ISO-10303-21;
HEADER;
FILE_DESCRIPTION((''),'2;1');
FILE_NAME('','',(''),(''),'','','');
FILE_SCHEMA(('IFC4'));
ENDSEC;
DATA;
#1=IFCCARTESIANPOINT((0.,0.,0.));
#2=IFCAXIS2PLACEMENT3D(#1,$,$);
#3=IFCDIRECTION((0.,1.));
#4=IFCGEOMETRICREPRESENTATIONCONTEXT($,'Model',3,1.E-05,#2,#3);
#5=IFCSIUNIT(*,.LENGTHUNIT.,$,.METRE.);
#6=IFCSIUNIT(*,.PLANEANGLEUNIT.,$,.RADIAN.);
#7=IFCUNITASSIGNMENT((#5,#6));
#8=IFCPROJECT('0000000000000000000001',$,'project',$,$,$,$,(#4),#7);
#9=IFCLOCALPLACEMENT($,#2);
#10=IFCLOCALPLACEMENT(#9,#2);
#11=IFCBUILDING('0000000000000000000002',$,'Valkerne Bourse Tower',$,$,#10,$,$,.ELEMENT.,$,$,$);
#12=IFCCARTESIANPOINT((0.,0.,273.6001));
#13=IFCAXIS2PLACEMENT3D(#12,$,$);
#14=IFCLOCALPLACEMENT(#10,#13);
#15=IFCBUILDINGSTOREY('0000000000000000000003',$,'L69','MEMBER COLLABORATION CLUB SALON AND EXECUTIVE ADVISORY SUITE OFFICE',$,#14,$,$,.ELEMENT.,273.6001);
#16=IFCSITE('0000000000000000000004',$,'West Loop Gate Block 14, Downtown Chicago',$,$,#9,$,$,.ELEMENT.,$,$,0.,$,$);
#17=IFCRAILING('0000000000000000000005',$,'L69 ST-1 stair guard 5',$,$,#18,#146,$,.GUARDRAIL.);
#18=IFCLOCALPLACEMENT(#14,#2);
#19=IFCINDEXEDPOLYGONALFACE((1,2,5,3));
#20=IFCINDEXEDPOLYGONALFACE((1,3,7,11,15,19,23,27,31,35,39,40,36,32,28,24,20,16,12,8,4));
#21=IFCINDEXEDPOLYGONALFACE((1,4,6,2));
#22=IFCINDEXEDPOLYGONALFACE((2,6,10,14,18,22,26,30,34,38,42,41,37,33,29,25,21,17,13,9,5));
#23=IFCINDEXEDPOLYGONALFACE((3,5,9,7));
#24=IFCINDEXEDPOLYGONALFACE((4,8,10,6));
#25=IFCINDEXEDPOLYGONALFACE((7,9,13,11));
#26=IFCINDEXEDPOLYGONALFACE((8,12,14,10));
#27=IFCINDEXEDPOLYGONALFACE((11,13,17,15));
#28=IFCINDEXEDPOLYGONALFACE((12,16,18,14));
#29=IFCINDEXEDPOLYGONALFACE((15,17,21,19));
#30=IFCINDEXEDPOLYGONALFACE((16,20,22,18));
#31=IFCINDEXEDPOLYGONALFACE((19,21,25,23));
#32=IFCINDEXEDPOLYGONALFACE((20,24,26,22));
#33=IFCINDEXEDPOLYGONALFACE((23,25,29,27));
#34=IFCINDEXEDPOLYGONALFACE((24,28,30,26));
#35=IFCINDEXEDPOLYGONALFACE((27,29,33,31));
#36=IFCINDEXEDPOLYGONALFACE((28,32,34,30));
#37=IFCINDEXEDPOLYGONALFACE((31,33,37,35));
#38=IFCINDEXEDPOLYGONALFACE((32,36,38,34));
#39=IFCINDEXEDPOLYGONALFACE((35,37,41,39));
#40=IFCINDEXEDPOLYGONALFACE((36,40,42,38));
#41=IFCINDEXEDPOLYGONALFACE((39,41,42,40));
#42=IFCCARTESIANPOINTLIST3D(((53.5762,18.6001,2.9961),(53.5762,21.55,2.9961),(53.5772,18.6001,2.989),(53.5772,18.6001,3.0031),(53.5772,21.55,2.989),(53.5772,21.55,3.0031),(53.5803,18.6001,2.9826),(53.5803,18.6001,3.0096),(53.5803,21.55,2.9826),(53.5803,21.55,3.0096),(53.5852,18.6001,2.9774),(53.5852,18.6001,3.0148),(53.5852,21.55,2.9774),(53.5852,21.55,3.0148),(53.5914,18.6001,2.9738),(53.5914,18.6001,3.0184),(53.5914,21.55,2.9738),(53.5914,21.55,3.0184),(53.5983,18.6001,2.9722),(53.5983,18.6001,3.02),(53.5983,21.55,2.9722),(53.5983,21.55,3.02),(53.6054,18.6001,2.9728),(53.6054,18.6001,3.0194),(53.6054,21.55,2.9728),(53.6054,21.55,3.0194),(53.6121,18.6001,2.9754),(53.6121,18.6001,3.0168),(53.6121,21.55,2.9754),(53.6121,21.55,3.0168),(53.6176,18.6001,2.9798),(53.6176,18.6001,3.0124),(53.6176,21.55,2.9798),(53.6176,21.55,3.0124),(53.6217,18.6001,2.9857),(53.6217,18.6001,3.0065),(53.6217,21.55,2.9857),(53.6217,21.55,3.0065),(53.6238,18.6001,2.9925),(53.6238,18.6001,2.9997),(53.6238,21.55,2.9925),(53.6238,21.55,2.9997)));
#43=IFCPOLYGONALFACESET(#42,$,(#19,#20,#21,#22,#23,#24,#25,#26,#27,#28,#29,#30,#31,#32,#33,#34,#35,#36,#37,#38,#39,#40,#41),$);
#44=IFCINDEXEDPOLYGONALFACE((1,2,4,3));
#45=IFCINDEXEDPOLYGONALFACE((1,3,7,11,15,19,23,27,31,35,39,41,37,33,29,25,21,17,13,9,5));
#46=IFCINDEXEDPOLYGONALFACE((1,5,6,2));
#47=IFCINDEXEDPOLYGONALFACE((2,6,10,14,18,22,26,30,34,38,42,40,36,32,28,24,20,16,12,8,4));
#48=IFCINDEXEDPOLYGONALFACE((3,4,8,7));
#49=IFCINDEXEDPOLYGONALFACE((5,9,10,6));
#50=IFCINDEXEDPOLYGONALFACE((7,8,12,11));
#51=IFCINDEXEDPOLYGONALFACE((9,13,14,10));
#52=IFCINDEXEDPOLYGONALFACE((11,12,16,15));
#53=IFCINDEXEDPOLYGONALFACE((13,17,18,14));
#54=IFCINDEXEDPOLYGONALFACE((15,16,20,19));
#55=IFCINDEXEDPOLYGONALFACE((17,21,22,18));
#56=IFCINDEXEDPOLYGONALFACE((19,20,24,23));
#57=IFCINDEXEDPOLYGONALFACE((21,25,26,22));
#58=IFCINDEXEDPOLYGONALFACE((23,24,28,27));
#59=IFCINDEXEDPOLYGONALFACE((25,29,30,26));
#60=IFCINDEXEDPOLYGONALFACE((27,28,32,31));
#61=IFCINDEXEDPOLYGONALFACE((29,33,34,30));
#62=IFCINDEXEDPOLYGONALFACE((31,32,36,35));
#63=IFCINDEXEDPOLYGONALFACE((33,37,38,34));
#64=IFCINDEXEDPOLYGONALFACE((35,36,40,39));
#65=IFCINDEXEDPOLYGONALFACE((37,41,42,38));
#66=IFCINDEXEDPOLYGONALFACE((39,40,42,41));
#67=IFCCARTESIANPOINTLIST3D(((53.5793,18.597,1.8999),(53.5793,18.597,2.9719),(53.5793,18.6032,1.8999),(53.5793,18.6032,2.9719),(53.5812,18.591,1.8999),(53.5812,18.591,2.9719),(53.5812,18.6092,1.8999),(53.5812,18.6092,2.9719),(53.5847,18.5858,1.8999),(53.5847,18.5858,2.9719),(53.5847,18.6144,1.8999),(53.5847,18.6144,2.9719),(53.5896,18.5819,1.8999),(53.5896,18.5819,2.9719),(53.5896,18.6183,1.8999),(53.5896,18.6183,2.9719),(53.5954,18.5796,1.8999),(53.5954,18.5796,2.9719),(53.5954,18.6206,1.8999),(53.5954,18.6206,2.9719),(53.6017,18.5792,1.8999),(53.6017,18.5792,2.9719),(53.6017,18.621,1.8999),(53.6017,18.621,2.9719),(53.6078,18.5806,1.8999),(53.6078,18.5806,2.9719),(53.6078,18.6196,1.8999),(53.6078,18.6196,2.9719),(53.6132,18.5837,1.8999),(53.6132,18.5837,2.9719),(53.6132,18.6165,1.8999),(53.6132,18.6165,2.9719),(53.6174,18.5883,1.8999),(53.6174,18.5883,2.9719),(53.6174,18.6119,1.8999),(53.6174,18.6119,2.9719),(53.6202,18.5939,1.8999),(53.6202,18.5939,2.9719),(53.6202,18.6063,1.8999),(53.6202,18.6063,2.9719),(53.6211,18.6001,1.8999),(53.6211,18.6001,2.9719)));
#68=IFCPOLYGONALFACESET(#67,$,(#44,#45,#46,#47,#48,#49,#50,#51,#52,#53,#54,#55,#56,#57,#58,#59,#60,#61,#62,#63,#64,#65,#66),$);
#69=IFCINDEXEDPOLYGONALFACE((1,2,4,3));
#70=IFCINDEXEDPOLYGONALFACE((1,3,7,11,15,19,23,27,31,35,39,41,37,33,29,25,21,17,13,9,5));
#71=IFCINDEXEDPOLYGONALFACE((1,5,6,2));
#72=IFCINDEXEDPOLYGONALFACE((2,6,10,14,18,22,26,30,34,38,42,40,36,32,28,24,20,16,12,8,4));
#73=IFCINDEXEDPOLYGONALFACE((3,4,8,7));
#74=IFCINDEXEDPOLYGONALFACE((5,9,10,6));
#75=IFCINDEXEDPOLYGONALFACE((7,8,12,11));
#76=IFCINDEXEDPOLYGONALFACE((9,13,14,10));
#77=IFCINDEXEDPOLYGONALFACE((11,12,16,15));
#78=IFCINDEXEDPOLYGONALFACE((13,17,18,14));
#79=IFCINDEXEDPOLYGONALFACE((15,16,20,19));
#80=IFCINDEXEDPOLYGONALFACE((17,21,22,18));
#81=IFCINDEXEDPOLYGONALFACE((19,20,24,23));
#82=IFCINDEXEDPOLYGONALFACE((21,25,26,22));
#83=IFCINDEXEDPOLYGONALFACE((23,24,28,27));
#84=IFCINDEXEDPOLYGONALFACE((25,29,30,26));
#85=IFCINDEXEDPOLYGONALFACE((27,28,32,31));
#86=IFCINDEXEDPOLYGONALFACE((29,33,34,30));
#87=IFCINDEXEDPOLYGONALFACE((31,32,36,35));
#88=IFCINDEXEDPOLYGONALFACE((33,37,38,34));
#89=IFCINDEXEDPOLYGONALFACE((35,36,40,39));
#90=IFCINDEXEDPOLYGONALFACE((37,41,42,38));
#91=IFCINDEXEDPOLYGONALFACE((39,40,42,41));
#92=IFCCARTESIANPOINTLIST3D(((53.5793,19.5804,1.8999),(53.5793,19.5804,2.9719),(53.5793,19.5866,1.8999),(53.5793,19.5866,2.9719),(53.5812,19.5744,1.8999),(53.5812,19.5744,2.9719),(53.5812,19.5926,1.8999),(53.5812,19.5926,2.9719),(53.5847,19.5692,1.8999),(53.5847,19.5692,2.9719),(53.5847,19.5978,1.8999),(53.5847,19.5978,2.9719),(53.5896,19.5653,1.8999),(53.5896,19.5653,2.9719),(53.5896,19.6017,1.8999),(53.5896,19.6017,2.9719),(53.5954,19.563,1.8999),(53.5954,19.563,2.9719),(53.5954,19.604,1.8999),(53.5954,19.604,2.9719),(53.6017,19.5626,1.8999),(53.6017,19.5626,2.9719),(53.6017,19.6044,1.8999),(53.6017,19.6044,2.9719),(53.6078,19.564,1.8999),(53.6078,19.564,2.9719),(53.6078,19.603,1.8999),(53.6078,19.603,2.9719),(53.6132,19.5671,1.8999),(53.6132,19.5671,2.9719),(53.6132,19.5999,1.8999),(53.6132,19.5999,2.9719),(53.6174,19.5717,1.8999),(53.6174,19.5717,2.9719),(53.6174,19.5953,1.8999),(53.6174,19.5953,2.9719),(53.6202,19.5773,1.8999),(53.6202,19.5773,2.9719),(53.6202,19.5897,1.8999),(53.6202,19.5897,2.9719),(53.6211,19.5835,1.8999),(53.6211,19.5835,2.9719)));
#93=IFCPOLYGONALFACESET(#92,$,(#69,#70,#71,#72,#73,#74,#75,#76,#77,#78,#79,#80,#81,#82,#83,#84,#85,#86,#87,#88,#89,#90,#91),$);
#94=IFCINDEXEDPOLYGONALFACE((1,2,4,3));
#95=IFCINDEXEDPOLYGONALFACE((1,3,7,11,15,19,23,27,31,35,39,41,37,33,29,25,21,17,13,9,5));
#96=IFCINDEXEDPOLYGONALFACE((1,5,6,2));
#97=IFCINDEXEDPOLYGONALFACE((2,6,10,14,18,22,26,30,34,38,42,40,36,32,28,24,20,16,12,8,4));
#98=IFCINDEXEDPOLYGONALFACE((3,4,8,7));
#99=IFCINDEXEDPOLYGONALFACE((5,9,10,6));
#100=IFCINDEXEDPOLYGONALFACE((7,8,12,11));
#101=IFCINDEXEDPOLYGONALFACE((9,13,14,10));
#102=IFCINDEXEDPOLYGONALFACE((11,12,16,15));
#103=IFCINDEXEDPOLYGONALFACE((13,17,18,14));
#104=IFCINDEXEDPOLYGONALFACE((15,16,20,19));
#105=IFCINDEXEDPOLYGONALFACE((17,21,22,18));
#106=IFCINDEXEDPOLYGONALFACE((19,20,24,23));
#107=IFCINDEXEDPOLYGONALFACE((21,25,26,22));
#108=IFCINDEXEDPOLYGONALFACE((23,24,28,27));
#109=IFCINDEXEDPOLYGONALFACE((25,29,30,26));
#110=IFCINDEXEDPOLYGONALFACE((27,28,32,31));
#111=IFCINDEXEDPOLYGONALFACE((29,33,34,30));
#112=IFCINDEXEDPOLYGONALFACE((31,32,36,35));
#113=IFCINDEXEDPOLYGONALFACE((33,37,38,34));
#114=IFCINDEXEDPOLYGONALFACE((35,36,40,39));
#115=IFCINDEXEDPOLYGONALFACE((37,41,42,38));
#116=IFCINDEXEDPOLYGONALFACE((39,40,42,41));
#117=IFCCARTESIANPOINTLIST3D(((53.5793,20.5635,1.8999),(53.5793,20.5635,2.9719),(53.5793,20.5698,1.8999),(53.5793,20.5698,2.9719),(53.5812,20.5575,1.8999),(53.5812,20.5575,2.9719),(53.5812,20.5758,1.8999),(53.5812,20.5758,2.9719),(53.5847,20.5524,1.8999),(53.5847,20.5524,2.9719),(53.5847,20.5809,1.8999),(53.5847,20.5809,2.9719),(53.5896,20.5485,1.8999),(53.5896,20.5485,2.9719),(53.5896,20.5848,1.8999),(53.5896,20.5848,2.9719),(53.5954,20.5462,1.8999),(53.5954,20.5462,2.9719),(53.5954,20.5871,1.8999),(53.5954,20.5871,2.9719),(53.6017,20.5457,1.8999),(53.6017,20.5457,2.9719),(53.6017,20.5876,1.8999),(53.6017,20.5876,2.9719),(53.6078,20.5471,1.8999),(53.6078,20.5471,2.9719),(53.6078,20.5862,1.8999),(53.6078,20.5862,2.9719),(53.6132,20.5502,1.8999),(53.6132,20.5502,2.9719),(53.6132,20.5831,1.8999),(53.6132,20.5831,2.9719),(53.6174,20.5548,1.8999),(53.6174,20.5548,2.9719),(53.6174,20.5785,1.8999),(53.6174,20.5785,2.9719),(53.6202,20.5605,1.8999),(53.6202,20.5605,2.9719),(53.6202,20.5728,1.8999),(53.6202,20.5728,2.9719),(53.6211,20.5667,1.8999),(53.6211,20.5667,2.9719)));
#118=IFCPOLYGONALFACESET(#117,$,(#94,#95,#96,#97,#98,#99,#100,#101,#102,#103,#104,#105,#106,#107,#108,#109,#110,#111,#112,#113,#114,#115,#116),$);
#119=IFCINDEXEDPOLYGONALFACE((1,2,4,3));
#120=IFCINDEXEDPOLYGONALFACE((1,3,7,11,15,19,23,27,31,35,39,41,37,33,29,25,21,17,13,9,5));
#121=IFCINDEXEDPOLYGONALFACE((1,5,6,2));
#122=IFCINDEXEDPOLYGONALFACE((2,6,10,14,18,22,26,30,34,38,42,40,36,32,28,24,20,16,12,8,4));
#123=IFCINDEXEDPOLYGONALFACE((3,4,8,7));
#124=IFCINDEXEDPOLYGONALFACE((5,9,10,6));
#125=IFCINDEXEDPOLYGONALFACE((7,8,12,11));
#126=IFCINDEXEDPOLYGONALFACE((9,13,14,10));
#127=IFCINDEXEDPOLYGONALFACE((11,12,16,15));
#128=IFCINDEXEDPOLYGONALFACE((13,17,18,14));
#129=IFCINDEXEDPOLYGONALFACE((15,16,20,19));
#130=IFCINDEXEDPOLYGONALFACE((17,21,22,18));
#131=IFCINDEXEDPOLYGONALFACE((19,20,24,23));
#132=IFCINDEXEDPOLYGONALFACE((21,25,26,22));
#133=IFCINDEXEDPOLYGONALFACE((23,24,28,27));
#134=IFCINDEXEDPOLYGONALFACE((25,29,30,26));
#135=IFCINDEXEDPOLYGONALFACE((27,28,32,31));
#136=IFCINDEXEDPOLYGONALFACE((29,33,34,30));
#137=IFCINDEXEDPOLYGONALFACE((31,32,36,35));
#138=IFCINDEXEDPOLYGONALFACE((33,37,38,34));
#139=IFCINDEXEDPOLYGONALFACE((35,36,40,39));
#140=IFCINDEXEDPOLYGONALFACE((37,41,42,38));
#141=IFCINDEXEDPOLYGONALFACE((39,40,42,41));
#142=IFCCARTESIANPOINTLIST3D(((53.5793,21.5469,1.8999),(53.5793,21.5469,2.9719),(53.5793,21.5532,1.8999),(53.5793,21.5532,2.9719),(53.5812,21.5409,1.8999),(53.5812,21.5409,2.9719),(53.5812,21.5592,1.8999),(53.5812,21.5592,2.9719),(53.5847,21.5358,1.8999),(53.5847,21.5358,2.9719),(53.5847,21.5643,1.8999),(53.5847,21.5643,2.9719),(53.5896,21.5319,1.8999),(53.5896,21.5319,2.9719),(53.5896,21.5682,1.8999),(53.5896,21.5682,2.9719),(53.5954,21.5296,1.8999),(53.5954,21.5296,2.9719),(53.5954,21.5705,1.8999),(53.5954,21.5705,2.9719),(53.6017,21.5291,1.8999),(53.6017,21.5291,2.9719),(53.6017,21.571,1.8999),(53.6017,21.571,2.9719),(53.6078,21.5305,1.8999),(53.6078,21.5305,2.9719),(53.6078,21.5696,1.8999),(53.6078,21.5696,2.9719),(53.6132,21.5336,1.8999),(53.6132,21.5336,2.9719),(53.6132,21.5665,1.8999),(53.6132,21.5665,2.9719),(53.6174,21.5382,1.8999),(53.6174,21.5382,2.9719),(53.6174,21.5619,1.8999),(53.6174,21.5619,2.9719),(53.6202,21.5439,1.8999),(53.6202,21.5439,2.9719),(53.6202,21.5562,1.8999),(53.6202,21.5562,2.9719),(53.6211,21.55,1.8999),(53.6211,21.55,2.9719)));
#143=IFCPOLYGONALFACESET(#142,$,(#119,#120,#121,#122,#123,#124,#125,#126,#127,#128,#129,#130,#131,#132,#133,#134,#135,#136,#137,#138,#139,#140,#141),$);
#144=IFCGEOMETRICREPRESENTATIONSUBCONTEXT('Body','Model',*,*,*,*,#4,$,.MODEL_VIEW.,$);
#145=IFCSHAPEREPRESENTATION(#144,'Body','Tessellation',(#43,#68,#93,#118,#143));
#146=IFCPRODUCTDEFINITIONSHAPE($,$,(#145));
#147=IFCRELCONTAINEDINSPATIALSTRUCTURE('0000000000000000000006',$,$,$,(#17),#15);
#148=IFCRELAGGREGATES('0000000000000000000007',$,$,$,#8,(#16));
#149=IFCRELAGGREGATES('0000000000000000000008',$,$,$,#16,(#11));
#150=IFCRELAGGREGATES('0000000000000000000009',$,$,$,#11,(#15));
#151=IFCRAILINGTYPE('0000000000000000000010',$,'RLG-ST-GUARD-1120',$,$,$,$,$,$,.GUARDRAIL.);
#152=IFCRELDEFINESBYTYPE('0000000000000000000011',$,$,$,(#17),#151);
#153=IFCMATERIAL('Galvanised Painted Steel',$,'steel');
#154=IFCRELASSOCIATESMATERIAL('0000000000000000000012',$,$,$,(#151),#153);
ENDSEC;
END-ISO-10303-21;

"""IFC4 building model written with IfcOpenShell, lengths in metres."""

from ifc_helpers import new_model, si_unit, direction, frame, origin, origin_2d, place, context, subcontext, project, spatial, circle, extrude, material, type_object, element, save


model = new_model("IFC4")

# Units and contexts
model_context = context("Model", 3, precision=1e-05, world=origin(), true_north=direction((0.0, 1.0)))
body_context = subcontext(model_context, "Body", "Model", "MODEL_VIEW")
ifc_project = project(units=[si_unit("LENGTHUNIT", "METRE"), si_unit("PLANEANGLEUNIT", "RADIAN")], contexts=[model_context])

# Site, building, storey
site_placement = place(None, origin())
site = spatial("IfcSite", under=ifc_project, at=site_placement, Name="West Loop Gate Block 14, Downtown Chicago", CompositionType="ELEMENT", RefElevation=0.0)
building_placement = place(site_placement, origin())
building = spatial("IfcBuilding", under=site, at=building_placement, Name="Valkerne Bourse Tower", CompositionType="ELEMENT")
storey_placement = place(building_placement, frame((0.0, 0.0, 273.6001)))
storey = spatial("IfcBuildingStorey", under=building, at=storey_placement, Name="L69", Description="MEMBER COLLABORATION CLUB SALON AND EXECUTIVE ADVISORY SUITE OFFICE", CompositionType="ELEMENT", Elevation=273.6001)

# Railing
ifc_material_1 = material(Name="Galvanised Painted Steel", Category="steel")
railing_type = type_object("IfcRailingType", Name="RLG-ST-GUARD-1120", PredefinedType="GUARDRAIL", material=ifc_material_1)
railing_1_placement = place(storey_placement, frame((53.6001, 18.6001, 1.8999)))
element("IfcRailing", 1, at=railing_1_placement, inside=storey, type_object=railing_type, Name="L69 ST-1 stair guard 5", PredefinedType="GUARDRAIL", context=body_context, shape_type="SweptSolid", body=[
    extrude(circle(Radius=0.0239, at=origin_2d()), frame((0.0, 0.0, 1.0962), z_axis=(0.0, 1.0, 0.0), x_axis=(-1.0, 0.0, 0.0)), (0.0, 0.0, 1.0), 2.95),
    extrude(circle(Radius=0.021, at=origin_2d()), origin(), (0.0, 0.0, 1.0), 1.072),
    extrude(circle(Radius=0.021, at=origin_2d()), frame((0.0, 0.9834, 0.0)), (0.0, 0.0, 1.0), 1.072),
    extrude(circle(Radius=0.021, at=origin_2d()), frame((0.0, 1.9666, 0.0)), (0.0, 0.0, 1.0), 1.072),
    extrude(circle(Radius=0.021, at=origin_2d()), frame((0.0, 2.95, 0.0)), (0.0, 0.0, 1.0), 1.072),
])

save(model, "model.ifc")
